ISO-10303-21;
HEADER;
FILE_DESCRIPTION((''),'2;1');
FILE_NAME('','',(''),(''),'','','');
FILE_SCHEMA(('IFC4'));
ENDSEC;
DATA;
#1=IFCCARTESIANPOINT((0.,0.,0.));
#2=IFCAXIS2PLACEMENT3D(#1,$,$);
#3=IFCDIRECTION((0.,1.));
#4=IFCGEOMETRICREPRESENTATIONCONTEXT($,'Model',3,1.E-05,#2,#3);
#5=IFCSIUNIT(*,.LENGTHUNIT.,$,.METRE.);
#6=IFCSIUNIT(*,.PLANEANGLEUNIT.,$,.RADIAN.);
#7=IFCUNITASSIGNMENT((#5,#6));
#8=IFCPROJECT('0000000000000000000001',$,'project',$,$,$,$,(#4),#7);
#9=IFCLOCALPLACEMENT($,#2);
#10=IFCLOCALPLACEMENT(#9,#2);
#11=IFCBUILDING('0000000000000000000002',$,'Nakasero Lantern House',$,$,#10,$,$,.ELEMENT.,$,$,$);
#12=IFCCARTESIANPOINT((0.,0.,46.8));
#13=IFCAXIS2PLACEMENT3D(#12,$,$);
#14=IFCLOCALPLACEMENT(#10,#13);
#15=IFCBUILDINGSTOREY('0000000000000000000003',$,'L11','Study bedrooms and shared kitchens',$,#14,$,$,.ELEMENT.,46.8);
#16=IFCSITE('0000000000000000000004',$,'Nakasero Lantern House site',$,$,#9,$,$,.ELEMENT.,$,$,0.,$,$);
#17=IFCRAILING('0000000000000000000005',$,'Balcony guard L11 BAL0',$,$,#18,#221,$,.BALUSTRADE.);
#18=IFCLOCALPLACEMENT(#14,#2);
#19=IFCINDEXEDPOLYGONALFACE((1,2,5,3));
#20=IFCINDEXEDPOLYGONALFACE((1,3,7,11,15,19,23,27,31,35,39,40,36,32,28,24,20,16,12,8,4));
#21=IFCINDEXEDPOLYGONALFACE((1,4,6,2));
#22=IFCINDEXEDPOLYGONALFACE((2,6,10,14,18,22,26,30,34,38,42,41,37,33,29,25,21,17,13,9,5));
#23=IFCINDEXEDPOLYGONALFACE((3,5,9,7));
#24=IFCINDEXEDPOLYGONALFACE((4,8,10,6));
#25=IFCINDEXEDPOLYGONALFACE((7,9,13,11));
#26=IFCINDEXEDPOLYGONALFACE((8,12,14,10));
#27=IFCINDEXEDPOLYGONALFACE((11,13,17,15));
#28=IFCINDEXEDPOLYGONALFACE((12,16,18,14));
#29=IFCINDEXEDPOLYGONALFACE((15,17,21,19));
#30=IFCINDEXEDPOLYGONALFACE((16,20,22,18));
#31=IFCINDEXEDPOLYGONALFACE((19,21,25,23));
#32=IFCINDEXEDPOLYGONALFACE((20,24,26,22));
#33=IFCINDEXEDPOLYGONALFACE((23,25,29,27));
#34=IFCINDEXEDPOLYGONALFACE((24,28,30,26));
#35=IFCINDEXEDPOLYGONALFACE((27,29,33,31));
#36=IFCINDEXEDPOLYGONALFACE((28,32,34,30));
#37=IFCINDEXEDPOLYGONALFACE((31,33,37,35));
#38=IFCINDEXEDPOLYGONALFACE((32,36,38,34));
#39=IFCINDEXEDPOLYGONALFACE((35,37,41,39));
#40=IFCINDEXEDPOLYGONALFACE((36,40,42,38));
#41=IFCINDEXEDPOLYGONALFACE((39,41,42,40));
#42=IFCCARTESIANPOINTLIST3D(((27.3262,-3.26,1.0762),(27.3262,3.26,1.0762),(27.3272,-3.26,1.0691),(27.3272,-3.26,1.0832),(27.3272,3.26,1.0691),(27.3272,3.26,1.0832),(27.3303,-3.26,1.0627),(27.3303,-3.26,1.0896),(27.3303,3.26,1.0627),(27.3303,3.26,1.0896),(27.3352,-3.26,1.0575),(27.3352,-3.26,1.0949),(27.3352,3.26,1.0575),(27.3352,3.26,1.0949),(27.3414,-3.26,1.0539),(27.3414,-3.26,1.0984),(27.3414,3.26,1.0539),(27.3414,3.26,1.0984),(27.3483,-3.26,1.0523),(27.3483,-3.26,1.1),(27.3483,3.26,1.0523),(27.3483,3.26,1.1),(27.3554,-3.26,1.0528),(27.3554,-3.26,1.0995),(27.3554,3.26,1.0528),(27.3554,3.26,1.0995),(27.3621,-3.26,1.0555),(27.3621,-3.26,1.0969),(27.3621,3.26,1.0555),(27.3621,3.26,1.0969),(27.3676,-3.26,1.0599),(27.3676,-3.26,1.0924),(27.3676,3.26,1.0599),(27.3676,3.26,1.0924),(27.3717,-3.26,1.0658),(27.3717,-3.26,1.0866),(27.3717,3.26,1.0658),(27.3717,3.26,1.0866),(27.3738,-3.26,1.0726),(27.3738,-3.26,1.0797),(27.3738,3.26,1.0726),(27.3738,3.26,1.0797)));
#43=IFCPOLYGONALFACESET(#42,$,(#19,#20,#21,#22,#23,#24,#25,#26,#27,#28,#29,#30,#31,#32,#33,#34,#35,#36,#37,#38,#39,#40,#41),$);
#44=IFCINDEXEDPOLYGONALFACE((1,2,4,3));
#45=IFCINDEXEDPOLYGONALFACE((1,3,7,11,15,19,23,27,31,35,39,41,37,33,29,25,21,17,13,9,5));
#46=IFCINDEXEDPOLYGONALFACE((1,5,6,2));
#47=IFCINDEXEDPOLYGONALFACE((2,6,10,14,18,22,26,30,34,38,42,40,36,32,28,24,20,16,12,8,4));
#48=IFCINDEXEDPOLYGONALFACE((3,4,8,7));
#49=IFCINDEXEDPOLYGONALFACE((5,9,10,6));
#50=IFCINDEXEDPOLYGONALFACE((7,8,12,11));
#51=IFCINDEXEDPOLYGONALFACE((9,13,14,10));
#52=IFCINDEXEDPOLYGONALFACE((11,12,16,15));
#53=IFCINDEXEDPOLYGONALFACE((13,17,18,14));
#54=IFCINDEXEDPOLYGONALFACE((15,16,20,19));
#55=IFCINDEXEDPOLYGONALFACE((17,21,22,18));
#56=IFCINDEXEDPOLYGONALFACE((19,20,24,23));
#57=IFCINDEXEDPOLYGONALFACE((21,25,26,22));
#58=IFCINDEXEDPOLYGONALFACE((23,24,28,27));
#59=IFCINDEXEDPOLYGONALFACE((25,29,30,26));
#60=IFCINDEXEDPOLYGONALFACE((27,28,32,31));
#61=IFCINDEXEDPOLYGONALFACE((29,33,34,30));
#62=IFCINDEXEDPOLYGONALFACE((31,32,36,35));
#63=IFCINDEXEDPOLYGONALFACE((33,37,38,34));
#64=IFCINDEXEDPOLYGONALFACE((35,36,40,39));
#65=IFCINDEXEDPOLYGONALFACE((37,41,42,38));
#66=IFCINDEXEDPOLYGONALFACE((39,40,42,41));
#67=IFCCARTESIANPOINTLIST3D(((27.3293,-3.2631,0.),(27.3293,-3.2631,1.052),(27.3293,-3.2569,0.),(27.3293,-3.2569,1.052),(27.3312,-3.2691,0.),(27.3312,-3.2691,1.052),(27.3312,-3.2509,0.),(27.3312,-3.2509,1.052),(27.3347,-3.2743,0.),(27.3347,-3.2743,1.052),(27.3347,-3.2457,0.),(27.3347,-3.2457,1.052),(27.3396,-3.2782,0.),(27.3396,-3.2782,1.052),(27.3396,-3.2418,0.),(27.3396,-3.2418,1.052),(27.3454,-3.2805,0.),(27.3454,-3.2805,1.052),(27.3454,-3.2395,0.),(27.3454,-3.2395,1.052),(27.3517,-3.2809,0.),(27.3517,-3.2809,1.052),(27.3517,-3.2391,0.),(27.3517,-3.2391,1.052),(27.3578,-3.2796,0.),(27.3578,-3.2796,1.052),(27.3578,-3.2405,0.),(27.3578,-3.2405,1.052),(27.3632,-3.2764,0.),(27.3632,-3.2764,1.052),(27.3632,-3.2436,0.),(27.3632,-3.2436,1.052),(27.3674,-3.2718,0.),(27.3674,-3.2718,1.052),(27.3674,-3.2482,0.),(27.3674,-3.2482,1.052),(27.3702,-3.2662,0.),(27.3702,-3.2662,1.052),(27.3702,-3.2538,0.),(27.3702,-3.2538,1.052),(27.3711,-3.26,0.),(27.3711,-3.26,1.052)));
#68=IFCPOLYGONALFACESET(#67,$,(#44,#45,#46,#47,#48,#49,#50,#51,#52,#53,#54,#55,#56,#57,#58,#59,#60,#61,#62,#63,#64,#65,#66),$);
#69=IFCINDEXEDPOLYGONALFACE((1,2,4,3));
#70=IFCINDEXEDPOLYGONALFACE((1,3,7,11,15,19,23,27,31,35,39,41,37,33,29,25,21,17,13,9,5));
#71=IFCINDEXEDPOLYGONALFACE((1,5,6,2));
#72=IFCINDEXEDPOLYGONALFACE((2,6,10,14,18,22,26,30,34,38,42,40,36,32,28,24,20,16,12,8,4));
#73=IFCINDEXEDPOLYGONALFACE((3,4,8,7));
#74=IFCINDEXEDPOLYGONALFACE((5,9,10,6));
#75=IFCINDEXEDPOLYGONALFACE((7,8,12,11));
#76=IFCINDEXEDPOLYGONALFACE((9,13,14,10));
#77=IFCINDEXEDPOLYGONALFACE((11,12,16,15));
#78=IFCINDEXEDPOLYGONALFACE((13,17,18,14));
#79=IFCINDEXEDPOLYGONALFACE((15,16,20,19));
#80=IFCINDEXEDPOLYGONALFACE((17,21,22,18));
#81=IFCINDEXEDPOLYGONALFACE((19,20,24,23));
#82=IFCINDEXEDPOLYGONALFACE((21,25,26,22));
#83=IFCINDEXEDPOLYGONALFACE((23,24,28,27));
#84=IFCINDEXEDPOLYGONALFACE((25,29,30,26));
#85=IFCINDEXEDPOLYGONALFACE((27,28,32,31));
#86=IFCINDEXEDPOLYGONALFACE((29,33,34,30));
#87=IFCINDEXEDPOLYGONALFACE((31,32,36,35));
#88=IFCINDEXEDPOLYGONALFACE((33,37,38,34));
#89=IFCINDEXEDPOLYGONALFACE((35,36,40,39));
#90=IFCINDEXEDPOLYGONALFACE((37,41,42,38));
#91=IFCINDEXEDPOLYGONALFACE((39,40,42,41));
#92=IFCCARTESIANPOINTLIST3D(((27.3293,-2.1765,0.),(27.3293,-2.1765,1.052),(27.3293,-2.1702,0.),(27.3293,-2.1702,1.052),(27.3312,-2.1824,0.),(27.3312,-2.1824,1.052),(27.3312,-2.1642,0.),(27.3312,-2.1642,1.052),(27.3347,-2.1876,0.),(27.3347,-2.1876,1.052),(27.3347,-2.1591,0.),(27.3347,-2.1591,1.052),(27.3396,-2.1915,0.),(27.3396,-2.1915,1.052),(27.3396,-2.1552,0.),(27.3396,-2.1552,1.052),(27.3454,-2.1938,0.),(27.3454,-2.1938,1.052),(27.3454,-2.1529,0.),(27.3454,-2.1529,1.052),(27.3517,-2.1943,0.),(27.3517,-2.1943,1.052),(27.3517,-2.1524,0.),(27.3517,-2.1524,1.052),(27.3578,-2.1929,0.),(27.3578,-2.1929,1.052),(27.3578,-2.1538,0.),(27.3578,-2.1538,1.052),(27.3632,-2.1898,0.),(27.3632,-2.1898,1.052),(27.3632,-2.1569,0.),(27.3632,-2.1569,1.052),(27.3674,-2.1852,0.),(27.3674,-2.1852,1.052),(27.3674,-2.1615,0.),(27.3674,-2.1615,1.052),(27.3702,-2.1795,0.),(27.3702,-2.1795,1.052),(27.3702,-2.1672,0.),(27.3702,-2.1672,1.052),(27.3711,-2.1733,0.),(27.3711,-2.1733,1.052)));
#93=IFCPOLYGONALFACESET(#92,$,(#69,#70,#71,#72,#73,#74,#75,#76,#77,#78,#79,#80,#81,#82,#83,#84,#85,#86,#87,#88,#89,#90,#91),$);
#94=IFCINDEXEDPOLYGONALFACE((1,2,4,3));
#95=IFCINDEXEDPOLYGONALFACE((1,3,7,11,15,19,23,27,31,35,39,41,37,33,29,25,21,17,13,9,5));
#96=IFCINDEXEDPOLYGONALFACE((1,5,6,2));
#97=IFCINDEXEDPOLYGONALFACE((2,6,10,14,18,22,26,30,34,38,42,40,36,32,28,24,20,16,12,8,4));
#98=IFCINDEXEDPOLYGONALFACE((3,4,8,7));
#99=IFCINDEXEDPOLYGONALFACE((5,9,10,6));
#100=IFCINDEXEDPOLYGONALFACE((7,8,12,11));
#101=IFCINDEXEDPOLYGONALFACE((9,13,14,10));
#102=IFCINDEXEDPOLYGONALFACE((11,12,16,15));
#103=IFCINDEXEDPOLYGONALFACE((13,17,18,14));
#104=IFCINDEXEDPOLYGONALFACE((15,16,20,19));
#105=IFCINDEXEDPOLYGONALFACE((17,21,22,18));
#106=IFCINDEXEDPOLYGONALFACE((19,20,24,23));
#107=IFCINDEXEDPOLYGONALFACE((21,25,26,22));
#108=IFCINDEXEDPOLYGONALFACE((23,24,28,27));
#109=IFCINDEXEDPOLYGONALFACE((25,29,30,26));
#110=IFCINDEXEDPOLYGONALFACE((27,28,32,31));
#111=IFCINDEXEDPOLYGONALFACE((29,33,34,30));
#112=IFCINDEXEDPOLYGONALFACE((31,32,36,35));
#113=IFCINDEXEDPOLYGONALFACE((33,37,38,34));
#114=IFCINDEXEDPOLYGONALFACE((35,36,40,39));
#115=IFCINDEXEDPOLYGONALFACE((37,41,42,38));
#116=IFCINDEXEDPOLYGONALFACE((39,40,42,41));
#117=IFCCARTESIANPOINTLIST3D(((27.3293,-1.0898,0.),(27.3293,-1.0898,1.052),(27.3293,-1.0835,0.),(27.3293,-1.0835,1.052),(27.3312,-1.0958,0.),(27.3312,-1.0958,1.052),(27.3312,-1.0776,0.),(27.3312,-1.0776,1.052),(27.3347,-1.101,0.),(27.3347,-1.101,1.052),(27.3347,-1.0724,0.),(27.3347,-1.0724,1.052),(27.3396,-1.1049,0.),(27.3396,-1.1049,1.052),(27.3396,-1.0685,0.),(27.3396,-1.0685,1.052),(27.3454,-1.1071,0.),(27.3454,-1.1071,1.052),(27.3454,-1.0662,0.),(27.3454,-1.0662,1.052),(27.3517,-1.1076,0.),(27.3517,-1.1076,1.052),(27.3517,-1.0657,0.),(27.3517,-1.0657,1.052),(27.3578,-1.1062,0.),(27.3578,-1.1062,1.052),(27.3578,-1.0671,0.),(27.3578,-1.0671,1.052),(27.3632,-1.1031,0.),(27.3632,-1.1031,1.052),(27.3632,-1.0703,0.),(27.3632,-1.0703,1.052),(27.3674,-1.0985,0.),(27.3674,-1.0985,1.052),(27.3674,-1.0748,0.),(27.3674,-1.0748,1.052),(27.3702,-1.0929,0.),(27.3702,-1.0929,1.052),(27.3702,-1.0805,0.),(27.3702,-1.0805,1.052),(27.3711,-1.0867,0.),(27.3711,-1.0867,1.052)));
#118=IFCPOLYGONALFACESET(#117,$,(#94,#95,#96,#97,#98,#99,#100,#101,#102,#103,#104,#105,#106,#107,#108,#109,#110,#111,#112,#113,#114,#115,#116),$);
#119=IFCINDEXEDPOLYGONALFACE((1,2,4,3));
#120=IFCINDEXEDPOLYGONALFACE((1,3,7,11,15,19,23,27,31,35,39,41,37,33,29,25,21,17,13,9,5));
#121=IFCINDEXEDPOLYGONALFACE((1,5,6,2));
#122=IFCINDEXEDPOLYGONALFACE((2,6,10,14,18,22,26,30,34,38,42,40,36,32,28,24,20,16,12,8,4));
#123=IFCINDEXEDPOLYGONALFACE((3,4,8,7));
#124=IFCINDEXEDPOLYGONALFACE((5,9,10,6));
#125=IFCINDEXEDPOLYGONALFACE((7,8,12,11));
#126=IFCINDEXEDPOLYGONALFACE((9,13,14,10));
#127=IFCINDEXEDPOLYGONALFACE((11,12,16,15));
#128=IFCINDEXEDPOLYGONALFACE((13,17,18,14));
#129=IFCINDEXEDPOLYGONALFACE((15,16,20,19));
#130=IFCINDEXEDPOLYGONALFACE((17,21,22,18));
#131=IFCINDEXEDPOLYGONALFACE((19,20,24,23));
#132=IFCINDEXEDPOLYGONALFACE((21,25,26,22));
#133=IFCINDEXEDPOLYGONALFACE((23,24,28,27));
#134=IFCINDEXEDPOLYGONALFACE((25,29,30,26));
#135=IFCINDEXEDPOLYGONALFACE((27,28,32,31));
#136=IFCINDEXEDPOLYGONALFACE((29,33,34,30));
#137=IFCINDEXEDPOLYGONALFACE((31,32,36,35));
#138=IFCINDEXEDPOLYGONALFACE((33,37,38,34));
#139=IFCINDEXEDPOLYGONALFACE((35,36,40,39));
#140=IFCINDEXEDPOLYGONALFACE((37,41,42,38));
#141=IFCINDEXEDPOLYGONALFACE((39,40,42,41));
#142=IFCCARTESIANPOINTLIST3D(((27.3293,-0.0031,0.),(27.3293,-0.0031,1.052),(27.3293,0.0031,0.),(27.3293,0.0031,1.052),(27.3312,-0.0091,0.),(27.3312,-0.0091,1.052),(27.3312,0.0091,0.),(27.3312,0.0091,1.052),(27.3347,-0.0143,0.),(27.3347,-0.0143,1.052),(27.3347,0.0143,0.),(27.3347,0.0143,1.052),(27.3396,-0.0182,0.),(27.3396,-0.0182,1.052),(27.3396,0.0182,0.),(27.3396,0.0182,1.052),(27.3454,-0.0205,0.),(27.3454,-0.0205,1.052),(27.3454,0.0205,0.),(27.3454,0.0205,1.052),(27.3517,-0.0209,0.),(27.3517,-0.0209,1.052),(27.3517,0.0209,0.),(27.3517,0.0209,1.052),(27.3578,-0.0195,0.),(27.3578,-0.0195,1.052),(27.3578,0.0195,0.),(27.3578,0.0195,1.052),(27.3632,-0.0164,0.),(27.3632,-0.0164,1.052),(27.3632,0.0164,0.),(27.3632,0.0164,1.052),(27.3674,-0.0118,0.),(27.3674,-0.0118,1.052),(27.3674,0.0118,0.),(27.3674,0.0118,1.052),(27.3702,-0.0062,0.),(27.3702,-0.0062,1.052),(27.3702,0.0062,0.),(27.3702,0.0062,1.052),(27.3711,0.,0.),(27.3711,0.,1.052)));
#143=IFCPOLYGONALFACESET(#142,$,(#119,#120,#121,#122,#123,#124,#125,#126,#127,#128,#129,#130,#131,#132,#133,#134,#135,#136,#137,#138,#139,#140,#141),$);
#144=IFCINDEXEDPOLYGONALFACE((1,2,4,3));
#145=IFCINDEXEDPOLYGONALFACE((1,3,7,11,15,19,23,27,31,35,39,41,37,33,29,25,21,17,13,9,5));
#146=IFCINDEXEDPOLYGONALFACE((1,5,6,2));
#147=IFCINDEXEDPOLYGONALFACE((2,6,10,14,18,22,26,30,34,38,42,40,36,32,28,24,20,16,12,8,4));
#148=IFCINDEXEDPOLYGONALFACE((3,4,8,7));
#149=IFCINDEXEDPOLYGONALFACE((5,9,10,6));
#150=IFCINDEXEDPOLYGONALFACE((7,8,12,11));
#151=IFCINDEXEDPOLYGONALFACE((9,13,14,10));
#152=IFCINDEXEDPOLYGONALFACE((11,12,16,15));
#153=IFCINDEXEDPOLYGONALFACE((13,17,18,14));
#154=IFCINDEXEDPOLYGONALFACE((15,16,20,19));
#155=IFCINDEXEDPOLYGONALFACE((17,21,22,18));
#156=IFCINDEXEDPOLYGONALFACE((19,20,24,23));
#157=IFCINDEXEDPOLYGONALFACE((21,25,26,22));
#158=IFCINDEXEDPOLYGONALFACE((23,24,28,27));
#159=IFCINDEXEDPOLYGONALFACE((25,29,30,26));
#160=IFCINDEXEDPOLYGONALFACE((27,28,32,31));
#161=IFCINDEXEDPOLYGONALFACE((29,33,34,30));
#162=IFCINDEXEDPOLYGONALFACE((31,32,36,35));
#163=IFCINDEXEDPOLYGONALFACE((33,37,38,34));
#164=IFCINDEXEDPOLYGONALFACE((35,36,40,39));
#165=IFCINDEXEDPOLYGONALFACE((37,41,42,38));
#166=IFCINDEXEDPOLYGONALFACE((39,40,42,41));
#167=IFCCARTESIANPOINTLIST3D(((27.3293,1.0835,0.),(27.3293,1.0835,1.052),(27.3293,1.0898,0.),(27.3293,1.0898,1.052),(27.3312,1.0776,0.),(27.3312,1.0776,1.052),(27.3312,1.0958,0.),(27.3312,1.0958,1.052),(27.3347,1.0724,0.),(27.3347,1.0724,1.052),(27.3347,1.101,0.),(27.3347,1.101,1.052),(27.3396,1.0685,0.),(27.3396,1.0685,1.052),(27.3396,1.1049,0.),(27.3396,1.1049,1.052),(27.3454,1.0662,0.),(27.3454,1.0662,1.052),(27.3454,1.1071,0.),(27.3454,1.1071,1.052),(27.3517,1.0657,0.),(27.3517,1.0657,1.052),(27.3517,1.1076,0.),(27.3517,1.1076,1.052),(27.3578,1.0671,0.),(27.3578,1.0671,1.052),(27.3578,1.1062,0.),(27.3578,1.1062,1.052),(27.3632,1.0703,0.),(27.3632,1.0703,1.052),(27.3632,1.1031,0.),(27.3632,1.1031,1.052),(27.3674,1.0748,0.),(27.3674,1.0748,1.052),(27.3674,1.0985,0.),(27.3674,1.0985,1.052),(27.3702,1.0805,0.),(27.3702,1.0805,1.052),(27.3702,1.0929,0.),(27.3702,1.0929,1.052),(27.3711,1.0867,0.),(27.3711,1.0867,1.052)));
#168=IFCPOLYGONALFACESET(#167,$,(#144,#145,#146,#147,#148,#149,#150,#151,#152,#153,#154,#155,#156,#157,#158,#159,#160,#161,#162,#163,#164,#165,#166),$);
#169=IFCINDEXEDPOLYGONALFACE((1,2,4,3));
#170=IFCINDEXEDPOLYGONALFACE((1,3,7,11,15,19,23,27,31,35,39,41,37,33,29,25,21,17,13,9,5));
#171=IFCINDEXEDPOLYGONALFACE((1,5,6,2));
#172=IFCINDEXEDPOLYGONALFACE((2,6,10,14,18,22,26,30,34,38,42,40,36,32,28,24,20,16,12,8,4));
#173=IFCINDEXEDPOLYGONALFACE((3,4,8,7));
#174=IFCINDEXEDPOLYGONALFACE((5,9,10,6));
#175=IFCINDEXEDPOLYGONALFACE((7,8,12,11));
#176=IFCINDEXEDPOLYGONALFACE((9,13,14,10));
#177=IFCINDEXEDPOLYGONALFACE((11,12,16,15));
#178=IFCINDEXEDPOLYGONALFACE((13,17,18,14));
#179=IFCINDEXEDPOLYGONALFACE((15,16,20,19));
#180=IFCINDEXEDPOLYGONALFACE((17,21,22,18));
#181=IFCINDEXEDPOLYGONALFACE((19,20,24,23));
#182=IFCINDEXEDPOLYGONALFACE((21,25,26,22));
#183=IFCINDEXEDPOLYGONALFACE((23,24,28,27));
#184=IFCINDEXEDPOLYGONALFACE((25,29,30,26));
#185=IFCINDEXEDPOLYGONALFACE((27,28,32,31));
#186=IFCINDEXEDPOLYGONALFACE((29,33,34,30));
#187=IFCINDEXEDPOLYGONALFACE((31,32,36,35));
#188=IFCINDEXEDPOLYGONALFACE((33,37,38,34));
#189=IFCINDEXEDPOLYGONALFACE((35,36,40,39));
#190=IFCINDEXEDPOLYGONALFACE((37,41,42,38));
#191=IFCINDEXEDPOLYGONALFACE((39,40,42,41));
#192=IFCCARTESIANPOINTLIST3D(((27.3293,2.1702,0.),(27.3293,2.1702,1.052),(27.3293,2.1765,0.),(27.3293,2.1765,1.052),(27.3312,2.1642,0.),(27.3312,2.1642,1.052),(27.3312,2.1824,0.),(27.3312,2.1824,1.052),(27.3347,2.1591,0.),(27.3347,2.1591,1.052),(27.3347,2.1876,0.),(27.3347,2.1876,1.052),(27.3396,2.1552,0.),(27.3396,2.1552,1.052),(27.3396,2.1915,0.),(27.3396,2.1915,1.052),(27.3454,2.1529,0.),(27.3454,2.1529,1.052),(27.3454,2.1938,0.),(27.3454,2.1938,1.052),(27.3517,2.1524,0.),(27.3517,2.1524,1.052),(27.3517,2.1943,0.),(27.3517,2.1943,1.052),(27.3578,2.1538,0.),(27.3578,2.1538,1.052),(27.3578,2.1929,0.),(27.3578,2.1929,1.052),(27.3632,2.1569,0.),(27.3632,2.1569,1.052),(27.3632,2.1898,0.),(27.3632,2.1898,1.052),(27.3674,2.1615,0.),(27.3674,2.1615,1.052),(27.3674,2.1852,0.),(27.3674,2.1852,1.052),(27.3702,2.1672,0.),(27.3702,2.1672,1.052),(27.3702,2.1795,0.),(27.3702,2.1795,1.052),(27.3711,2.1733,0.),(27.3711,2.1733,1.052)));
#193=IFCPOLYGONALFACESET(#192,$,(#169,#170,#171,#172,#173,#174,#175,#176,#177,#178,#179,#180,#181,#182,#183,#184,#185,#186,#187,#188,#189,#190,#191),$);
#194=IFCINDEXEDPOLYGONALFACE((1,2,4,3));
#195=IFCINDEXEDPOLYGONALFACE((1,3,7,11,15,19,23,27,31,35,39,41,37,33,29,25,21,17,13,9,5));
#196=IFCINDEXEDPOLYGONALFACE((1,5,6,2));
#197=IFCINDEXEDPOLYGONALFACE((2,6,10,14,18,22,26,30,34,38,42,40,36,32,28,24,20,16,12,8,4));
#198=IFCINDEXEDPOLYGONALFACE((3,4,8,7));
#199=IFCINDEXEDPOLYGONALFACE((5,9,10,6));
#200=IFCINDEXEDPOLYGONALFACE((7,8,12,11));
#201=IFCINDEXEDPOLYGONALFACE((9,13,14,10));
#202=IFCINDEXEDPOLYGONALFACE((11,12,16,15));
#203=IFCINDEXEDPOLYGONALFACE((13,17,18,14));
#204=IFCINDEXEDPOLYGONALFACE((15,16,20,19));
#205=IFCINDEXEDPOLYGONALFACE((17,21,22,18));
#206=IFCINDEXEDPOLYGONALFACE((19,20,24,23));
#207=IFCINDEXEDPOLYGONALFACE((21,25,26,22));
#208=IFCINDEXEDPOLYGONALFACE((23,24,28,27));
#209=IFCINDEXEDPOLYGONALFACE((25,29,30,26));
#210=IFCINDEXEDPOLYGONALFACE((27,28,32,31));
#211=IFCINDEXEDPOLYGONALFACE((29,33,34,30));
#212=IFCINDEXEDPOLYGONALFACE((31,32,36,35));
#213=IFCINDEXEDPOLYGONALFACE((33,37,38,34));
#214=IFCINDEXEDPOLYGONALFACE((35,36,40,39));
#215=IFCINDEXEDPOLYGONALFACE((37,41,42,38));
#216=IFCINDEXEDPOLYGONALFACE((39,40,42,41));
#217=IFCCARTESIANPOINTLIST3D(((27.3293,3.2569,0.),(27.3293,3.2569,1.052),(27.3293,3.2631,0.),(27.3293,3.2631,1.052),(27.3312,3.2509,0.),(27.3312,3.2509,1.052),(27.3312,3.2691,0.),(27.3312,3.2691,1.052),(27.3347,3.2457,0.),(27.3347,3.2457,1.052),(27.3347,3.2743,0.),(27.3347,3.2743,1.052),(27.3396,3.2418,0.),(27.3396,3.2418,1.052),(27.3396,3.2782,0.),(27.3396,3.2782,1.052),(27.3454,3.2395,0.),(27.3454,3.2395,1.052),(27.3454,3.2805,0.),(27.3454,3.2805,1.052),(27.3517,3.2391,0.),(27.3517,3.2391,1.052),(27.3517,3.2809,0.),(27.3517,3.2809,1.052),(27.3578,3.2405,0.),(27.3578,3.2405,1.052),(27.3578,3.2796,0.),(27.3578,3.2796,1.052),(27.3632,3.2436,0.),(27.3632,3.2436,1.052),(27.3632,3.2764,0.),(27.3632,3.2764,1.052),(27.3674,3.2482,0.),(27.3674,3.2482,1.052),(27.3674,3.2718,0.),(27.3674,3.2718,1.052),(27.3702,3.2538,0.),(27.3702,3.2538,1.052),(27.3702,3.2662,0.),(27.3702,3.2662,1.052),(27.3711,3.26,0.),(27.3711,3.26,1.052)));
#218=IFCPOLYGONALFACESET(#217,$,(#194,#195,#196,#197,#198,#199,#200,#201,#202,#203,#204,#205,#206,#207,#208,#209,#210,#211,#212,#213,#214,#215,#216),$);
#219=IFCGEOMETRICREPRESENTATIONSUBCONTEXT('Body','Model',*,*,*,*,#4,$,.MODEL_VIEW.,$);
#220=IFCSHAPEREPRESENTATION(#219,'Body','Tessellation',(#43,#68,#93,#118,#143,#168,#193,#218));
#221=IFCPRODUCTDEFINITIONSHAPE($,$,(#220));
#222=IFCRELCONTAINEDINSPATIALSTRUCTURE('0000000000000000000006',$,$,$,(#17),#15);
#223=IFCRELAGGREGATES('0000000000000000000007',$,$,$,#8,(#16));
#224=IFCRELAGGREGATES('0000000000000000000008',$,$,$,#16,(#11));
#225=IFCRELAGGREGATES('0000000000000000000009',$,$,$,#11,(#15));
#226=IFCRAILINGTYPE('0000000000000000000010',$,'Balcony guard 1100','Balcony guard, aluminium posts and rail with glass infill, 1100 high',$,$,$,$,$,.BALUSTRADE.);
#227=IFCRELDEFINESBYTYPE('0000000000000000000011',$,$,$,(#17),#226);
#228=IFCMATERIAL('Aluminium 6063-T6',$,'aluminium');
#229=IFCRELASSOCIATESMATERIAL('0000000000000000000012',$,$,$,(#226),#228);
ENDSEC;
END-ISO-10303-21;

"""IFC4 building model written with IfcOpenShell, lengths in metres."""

from ifc_helpers import new_model, si_unit, direction, frame, origin, origin_2d, place, context, subcontext, project, spatial, circle, extrude, material, type_object, element, save


model = new_model("IFC4")

# Units and contexts
model_context = context("Model", 3, precision=1e-05, world=origin(), true_north=direction((0.0, 1.0)))
body_context = subcontext(model_context, "Body", "Model", "MODEL_VIEW")
ifc_project = project(units=[si_unit("LENGTHUNIT", "METRE"), si_unit("PLANEANGLEUNIT", "RADIAN")], contexts=[model_context])

# Site, building, storey
site_placement = place(None, origin())
site = spatial("IfcSite", under=ifc_project, at=site_placement, Name="Nakasero Lantern House site", CompositionType="ELEMENT", RefElevation=0.0)
building_placement = place(site_placement, origin())
building = spatial("IfcBuilding", under=site, at=building_placement, Name="Nakasero Lantern House", CompositionType="ELEMENT")
storey_placement = place(building_placement, frame((0.0, 0.0, 46.8)))
storey = spatial("IfcBuildingStorey", under=building, at=storey_placement, Name="L11", Description="Study bedrooms and shared kitchens", CompositionType="ELEMENT", Elevation=46.8)

# Railing
ifc_material_1 = material(Name="Aluminium 6063-T6", Category="aluminium")
railing_type = type_object("IfcRailingType", Name="Balcony guard 1100", Description="Balcony guard, aluminium posts and rail with glass infill, 1100 high", PredefinedType="BALUSTRADE", material=ifc_material_1)
railing_placement = place(storey_placement, frame((27.3501, -3.26, 0.0)))
element("IfcRailing", 1, at=railing_placement, inside=storey, type_object=railing_type, Name="Balcony guard L11 BAL0", PredefinedType="BALUSTRADE", context=body_context, shape_type="SweptSolid", body=[
    extrude(circle(Radius=0.0239, at=origin_2d()), frame((0.0, 0.0, 1.0762), z_axis=(0.0, 1.0, 0.0), x_axis=(-1.0, 0.0, 0.0)), (0.0, 0.0, 1.0), 6.52),
    extrude(circle(Radius=0.021, at=origin_2d()), origin(), (0.0, 0.0, 1.0), 1.052),
    extrude(circle(Radius=0.021, at=origin_2d()), frame((0.0, 1.0867, 0.0)), (0.0, 0.0, 1.0), 1.052),
    extrude(circle(Radius=0.021, at=origin_2d()), frame((0.0, 2.1733, 0.0)), (0.0, 0.0, 1.0), 1.052),
    extrude(circle(Radius=0.021, at=origin_2d()), frame((0.0, 3.26, 0.0)), (0.0, 0.0, 1.0), 1.052),
    extrude(circle(Radius=0.021, at=origin_2d()), frame((0.0, 4.3467, 0.0)), (0.0, 0.0, 1.0), 1.052),
    extrude(circle(Radius=0.021, at=origin_2d()), frame((0.0, 5.4333, 0.0)), (0.0, 0.0, 1.0), 1.052),
    extrude(circle(Radius=0.021, at=origin_2d()), frame((0.0, 6.52, 0.0)), (0.0, 0.0, 1.0), 1.052),
])

save(model, "model.ifc")
